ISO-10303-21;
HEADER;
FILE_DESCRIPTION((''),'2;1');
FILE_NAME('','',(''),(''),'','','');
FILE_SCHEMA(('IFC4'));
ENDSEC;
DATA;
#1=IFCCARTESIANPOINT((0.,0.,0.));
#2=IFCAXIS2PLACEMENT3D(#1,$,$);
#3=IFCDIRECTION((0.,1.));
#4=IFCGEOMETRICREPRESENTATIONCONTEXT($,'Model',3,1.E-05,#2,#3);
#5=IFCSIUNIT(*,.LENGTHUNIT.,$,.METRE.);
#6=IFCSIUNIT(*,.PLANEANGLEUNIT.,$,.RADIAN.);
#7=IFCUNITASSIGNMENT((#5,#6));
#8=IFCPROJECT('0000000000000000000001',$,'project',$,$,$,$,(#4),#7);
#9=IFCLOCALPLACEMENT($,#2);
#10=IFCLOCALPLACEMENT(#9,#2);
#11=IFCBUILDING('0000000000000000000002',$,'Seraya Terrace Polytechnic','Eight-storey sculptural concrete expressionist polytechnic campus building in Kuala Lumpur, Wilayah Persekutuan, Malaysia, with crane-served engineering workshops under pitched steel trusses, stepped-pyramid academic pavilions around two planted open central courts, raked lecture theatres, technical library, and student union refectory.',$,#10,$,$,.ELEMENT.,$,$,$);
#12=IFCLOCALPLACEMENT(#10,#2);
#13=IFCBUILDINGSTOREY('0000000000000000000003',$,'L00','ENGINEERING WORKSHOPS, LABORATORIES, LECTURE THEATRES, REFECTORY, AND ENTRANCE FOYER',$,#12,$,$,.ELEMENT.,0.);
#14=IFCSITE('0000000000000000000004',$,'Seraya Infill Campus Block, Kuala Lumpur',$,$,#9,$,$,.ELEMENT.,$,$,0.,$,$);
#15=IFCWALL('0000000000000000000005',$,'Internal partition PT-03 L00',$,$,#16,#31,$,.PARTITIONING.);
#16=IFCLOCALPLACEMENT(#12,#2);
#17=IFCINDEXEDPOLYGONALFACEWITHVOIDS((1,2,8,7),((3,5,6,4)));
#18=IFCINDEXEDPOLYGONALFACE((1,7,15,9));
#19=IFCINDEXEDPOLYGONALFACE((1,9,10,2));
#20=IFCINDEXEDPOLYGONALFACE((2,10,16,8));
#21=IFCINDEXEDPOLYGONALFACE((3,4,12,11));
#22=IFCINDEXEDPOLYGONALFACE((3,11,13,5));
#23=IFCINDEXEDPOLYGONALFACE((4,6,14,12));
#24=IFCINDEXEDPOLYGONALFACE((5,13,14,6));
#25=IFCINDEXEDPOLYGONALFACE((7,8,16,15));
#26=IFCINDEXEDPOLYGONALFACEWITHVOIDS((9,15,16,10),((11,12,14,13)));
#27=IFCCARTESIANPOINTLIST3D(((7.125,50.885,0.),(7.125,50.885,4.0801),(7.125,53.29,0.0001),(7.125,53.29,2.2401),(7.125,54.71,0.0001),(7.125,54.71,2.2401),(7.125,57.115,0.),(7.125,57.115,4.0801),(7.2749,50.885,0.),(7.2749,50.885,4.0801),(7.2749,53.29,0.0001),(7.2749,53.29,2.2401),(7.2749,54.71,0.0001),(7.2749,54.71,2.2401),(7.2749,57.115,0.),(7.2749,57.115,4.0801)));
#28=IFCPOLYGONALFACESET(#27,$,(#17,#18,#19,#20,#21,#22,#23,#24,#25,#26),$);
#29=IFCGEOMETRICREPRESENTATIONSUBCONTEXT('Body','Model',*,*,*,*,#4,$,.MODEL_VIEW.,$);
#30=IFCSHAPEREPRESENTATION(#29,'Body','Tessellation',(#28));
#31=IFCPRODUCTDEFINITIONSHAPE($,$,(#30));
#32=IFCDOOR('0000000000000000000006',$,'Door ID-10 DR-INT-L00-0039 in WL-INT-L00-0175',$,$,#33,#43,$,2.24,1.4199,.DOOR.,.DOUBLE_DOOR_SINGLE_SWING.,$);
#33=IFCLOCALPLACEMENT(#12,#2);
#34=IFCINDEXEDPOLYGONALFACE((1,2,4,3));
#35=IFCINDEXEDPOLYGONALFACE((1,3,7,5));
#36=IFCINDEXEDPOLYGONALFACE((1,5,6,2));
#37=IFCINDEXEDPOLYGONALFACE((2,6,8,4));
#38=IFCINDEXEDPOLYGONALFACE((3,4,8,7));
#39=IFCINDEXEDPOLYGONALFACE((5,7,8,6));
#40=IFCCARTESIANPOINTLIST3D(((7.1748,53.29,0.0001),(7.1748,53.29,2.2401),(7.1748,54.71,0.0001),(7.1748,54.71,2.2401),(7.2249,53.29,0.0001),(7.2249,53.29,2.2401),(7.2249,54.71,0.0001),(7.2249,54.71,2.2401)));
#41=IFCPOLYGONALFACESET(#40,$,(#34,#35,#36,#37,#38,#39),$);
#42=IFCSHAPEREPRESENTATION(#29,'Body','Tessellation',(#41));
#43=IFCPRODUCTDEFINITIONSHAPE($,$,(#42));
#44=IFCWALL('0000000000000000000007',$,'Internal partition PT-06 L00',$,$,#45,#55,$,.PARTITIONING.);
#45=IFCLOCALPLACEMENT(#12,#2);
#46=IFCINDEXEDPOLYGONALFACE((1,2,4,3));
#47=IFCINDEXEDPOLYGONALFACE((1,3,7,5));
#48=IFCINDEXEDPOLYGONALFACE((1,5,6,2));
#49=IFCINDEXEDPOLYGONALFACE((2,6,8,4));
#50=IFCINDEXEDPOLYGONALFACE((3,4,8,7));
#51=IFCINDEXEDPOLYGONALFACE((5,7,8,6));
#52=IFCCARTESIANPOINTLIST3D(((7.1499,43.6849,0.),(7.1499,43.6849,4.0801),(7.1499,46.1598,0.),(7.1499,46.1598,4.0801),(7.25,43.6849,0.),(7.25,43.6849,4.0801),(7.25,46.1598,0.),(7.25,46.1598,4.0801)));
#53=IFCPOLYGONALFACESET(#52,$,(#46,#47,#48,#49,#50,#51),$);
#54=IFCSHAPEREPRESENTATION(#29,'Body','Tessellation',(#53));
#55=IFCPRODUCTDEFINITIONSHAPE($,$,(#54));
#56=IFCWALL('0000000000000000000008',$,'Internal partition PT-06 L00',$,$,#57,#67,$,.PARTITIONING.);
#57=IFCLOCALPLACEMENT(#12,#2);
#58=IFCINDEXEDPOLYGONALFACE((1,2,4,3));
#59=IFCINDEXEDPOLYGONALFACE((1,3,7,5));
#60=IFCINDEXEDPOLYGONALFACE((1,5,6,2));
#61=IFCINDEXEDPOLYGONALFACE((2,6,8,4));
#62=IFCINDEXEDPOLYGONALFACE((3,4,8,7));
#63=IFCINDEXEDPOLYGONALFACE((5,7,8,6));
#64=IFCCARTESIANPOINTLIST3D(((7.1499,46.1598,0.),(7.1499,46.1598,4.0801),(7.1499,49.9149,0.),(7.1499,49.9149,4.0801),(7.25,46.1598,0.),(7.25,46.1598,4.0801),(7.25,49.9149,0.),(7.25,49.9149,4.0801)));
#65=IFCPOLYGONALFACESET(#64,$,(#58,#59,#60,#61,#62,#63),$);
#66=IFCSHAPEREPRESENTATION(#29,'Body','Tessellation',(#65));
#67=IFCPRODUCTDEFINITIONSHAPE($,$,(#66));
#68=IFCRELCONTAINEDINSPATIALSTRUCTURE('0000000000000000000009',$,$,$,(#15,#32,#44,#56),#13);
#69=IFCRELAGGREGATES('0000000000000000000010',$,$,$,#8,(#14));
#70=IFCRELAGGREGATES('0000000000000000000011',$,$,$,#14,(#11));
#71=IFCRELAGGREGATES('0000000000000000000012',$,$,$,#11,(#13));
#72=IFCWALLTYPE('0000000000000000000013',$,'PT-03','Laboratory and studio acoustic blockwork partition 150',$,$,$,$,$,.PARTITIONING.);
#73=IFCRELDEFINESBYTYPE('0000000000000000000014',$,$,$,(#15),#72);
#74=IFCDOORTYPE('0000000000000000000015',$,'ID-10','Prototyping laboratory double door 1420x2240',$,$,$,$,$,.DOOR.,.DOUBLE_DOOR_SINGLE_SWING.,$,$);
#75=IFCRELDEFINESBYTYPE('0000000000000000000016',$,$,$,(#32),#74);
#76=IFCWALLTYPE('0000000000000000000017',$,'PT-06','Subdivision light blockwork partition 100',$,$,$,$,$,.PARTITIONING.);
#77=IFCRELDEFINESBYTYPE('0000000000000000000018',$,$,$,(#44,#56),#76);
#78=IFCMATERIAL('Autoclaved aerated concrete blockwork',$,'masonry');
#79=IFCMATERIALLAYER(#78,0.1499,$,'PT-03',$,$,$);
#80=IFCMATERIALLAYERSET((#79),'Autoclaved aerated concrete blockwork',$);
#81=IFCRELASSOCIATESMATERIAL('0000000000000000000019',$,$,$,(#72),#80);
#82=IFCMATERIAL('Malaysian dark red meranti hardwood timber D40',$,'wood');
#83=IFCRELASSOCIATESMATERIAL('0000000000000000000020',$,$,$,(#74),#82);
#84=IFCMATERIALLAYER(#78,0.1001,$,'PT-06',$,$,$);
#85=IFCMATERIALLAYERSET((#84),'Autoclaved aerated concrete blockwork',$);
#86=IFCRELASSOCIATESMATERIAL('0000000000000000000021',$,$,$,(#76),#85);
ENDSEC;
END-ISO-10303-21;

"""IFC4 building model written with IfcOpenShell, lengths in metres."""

from ifc_helpers import new_model, si_unit, direction, frame, frame_2d, origin, place, context, subcontext, project, spatial, rectangle, extrude, material, layer, layer_set, type_object, element, fill, save


model = new_model("IFC4")

# Units and contexts
model_context = context("Model", 3, precision=1e-05, world=origin(), true_north=direction((0.0, 1.0)))
body_context = subcontext(model_context, "Body", "Model", "MODEL_VIEW")
ifc_project = project(units=[si_unit("LENGTHUNIT", "METRE"), si_unit("PLANEANGLEUNIT", "RADIAN")], contexts=[model_context])

# Site, building, storey
site_placement = place(None, origin())
site = spatial("IfcSite", under=ifc_project, at=site_placement, Name="Seraya Infill Campus Block, Kuala Lumpur", CompositionType="ELEMENT", RefElevation=0.0)
building_placement = place(site_placement, origin())
building = spatial("IfcBuilding", under=site, at=building_placement, Name="Seraya Terrace Polytechnic", Description="Eight-storey sculptural concrete expressionist polytechnic campus building in Kuala Lumpur, Wilayah Persekutuan, Malaysia, with crane-served engineering workshops under pitched steel trusses, stepped-pyramid academic pavilions around two planted open central courts, raked lecture theatres, technical library, and student union refectory.", CompositionType="ELEMENT")
storey_placement = place(building_placement, origin())
storey = spatial("IfcBuildingStorey", under=building, at=storey_placement, Name="L00", Description="ENGINEERING WORKSHOPS, LABORATORIES, LECTURE THEATRES, REFECTORY, AND ENTRANCE FOYER", CompositionType="ELEMENT", Elevation=0.0)

# Wall, opening, door
ifc_material_1 = material(Name="Autoclaved aerated concrete blockwork", Category="masonry")
ifc_layer_1 = layer(ifc_material_1, 0.1499, Name="PT-03")
ifc_layer_set_1 = layer_set([ifc_layer_1], Name="Autoclaved aerated concrete blockwork")
wall_type_1 = type_object("IfcWallType", Name="PT-03", Description="Laboratory and studio acoustic blockwork partition 150", PredefinedType="PARTITIONING", material=ifc_layer_set_1)
wall_1_placement = place(storey_placement, frame((7.2, 50.885, 0.0), z_axis=(0.0, 0.0, 1.0), x_axis=(0.0, 1.0, 0.0)))
wall_1 = element("IfcWall", 1, at=wall_1_placement, inside=storey, type_object=wall_type_1, Name="Internal partition PT-03 L00", PredefinedType="PARTITIONING", context=body_context, shape_type="SweptSolid", body=[
    extrude(rectangle(XDim=6.23, YDim=0.1499, at=frame_2d((3.115, 0.0))), origin(), (0.0, 0.0, 1.0), 4.0801),
])
opening_1_placement = place(wall_1_placement, frame((2.405, 0.0, 0.0)))
opening_1 = element("IfcOpeningElement", 2, at=opening_1_placement, cuts=wall_1, PredefinedType="OPENING", context=body_context, shape_type="SweptSolid", body=[
    extrude(rectangle(XDim=1.4199, YDim=2.24, at=frame_2d((0.71, 1.1201))), frame((0.0, 0.0869, 0.0), z_axis=(0.0, -1.0, 0.0), x_axis=(1.0, 0.0, 0.0)), (0.0, 0.0, 1.0), 0.1738),
])
ifc_material_2 = material(Name="Malaysian dark red meranti hardwood timber D40", Category="wood")
door_type = type_object("IfcDoorType", Name="ID-10", Description="Prototyping laboratory double door 1420x2240", OperationType="DOUBLE_DOOR_SINGLE_SWING", PredefinedType="DOOR", material=ifc_material_2)
door_placement = place(opening_1_placement, frame((1.4199, 0.0, 0.0), z_axis=(0.0, 0.0, 1.0), x_axis=(-1.0, 0.0, 0.0)))
door = element("IfcDoor", 3, at=door_placement, inside=storey, type_object=door_type, Name="Door ID-10 DR-INT-L00-0039 in WL-INT-L00-0175", OperationType="DOUBLE_DOOR_SINGLE_SWING", OverallHeight=2.24, OverallWidth=1.4199, PredefinedType="DOOR", context=body_context, shape_type="SweptSolid", body=[
    extrude(rectangle(XDim=1.4199, YDim=2.24, at=frame_2d((0.71, 1.1201))), frame((0.0, 0.0249, 0.0), z_axis=(0.0, -1.0, 0.0), x_axis=(1.0, 0.0, 0.0)), (0.0, 0.0, 1.0), 0.05),
])
fill(opening_1, door)

# Walls
ifc_layer_2 = layer(ifc_material_1, 0.1001, Name="PT-06")
ifc_layer_set_2 = layer_set([ifc_layer_2], Name="Autoclaved aerated concrete blockwork")
wall_type_2 = type_object("IfcWallType", Name="PT-06", Description="Subdivision light blockwork partition 100", PredefinedType="PARTITIONING", material=ifc_layer_set_2)
wall_2_placement = place(storey_placement, frame((7.2, 43.6851, 0.0), z_axis=(0.0, 0.0, 1.0), x_axis=(0.0, 1.0, 0.0)))
element("IfcWall", 4, at=wall_2_placement, inside=storey, type_object=wall_type_2, Name="Internal partition PT-06 L00", PredefinedType="PARTITIONING", context=body_context, shape_type="SweptSolid", body=[
    extrude(rectangle(XDim=2.4749, YDim=0.1001, at=frame_2d((1.2373, 0.0))), origin(), (0.0, 0.0, 1.0), 4.0801),
])
wall_3_placement = place(storey_placement, frame((7.2, 46.1599, 0.0), z_axis=(0.0, 0.0, 1.0), x_axis=(0.0, 1.0, 0.0)))
element("IfcWall", 5, at=wall_3_placement, inside=storey, type_object=wall_type_2, Name="Internal partition PT-06 L00", PredefinedType="PARTITIONING", context=body_context, shape_type="SweptSolid", body=[
    extrude(rectangle(XDim=3.7551, YDim=0.1001, at=frame_2d((1.8774, 0.0))), origin(), (0.0, 0.0, 1.0), 4.0801),
])

save(model, "model.ifc")
